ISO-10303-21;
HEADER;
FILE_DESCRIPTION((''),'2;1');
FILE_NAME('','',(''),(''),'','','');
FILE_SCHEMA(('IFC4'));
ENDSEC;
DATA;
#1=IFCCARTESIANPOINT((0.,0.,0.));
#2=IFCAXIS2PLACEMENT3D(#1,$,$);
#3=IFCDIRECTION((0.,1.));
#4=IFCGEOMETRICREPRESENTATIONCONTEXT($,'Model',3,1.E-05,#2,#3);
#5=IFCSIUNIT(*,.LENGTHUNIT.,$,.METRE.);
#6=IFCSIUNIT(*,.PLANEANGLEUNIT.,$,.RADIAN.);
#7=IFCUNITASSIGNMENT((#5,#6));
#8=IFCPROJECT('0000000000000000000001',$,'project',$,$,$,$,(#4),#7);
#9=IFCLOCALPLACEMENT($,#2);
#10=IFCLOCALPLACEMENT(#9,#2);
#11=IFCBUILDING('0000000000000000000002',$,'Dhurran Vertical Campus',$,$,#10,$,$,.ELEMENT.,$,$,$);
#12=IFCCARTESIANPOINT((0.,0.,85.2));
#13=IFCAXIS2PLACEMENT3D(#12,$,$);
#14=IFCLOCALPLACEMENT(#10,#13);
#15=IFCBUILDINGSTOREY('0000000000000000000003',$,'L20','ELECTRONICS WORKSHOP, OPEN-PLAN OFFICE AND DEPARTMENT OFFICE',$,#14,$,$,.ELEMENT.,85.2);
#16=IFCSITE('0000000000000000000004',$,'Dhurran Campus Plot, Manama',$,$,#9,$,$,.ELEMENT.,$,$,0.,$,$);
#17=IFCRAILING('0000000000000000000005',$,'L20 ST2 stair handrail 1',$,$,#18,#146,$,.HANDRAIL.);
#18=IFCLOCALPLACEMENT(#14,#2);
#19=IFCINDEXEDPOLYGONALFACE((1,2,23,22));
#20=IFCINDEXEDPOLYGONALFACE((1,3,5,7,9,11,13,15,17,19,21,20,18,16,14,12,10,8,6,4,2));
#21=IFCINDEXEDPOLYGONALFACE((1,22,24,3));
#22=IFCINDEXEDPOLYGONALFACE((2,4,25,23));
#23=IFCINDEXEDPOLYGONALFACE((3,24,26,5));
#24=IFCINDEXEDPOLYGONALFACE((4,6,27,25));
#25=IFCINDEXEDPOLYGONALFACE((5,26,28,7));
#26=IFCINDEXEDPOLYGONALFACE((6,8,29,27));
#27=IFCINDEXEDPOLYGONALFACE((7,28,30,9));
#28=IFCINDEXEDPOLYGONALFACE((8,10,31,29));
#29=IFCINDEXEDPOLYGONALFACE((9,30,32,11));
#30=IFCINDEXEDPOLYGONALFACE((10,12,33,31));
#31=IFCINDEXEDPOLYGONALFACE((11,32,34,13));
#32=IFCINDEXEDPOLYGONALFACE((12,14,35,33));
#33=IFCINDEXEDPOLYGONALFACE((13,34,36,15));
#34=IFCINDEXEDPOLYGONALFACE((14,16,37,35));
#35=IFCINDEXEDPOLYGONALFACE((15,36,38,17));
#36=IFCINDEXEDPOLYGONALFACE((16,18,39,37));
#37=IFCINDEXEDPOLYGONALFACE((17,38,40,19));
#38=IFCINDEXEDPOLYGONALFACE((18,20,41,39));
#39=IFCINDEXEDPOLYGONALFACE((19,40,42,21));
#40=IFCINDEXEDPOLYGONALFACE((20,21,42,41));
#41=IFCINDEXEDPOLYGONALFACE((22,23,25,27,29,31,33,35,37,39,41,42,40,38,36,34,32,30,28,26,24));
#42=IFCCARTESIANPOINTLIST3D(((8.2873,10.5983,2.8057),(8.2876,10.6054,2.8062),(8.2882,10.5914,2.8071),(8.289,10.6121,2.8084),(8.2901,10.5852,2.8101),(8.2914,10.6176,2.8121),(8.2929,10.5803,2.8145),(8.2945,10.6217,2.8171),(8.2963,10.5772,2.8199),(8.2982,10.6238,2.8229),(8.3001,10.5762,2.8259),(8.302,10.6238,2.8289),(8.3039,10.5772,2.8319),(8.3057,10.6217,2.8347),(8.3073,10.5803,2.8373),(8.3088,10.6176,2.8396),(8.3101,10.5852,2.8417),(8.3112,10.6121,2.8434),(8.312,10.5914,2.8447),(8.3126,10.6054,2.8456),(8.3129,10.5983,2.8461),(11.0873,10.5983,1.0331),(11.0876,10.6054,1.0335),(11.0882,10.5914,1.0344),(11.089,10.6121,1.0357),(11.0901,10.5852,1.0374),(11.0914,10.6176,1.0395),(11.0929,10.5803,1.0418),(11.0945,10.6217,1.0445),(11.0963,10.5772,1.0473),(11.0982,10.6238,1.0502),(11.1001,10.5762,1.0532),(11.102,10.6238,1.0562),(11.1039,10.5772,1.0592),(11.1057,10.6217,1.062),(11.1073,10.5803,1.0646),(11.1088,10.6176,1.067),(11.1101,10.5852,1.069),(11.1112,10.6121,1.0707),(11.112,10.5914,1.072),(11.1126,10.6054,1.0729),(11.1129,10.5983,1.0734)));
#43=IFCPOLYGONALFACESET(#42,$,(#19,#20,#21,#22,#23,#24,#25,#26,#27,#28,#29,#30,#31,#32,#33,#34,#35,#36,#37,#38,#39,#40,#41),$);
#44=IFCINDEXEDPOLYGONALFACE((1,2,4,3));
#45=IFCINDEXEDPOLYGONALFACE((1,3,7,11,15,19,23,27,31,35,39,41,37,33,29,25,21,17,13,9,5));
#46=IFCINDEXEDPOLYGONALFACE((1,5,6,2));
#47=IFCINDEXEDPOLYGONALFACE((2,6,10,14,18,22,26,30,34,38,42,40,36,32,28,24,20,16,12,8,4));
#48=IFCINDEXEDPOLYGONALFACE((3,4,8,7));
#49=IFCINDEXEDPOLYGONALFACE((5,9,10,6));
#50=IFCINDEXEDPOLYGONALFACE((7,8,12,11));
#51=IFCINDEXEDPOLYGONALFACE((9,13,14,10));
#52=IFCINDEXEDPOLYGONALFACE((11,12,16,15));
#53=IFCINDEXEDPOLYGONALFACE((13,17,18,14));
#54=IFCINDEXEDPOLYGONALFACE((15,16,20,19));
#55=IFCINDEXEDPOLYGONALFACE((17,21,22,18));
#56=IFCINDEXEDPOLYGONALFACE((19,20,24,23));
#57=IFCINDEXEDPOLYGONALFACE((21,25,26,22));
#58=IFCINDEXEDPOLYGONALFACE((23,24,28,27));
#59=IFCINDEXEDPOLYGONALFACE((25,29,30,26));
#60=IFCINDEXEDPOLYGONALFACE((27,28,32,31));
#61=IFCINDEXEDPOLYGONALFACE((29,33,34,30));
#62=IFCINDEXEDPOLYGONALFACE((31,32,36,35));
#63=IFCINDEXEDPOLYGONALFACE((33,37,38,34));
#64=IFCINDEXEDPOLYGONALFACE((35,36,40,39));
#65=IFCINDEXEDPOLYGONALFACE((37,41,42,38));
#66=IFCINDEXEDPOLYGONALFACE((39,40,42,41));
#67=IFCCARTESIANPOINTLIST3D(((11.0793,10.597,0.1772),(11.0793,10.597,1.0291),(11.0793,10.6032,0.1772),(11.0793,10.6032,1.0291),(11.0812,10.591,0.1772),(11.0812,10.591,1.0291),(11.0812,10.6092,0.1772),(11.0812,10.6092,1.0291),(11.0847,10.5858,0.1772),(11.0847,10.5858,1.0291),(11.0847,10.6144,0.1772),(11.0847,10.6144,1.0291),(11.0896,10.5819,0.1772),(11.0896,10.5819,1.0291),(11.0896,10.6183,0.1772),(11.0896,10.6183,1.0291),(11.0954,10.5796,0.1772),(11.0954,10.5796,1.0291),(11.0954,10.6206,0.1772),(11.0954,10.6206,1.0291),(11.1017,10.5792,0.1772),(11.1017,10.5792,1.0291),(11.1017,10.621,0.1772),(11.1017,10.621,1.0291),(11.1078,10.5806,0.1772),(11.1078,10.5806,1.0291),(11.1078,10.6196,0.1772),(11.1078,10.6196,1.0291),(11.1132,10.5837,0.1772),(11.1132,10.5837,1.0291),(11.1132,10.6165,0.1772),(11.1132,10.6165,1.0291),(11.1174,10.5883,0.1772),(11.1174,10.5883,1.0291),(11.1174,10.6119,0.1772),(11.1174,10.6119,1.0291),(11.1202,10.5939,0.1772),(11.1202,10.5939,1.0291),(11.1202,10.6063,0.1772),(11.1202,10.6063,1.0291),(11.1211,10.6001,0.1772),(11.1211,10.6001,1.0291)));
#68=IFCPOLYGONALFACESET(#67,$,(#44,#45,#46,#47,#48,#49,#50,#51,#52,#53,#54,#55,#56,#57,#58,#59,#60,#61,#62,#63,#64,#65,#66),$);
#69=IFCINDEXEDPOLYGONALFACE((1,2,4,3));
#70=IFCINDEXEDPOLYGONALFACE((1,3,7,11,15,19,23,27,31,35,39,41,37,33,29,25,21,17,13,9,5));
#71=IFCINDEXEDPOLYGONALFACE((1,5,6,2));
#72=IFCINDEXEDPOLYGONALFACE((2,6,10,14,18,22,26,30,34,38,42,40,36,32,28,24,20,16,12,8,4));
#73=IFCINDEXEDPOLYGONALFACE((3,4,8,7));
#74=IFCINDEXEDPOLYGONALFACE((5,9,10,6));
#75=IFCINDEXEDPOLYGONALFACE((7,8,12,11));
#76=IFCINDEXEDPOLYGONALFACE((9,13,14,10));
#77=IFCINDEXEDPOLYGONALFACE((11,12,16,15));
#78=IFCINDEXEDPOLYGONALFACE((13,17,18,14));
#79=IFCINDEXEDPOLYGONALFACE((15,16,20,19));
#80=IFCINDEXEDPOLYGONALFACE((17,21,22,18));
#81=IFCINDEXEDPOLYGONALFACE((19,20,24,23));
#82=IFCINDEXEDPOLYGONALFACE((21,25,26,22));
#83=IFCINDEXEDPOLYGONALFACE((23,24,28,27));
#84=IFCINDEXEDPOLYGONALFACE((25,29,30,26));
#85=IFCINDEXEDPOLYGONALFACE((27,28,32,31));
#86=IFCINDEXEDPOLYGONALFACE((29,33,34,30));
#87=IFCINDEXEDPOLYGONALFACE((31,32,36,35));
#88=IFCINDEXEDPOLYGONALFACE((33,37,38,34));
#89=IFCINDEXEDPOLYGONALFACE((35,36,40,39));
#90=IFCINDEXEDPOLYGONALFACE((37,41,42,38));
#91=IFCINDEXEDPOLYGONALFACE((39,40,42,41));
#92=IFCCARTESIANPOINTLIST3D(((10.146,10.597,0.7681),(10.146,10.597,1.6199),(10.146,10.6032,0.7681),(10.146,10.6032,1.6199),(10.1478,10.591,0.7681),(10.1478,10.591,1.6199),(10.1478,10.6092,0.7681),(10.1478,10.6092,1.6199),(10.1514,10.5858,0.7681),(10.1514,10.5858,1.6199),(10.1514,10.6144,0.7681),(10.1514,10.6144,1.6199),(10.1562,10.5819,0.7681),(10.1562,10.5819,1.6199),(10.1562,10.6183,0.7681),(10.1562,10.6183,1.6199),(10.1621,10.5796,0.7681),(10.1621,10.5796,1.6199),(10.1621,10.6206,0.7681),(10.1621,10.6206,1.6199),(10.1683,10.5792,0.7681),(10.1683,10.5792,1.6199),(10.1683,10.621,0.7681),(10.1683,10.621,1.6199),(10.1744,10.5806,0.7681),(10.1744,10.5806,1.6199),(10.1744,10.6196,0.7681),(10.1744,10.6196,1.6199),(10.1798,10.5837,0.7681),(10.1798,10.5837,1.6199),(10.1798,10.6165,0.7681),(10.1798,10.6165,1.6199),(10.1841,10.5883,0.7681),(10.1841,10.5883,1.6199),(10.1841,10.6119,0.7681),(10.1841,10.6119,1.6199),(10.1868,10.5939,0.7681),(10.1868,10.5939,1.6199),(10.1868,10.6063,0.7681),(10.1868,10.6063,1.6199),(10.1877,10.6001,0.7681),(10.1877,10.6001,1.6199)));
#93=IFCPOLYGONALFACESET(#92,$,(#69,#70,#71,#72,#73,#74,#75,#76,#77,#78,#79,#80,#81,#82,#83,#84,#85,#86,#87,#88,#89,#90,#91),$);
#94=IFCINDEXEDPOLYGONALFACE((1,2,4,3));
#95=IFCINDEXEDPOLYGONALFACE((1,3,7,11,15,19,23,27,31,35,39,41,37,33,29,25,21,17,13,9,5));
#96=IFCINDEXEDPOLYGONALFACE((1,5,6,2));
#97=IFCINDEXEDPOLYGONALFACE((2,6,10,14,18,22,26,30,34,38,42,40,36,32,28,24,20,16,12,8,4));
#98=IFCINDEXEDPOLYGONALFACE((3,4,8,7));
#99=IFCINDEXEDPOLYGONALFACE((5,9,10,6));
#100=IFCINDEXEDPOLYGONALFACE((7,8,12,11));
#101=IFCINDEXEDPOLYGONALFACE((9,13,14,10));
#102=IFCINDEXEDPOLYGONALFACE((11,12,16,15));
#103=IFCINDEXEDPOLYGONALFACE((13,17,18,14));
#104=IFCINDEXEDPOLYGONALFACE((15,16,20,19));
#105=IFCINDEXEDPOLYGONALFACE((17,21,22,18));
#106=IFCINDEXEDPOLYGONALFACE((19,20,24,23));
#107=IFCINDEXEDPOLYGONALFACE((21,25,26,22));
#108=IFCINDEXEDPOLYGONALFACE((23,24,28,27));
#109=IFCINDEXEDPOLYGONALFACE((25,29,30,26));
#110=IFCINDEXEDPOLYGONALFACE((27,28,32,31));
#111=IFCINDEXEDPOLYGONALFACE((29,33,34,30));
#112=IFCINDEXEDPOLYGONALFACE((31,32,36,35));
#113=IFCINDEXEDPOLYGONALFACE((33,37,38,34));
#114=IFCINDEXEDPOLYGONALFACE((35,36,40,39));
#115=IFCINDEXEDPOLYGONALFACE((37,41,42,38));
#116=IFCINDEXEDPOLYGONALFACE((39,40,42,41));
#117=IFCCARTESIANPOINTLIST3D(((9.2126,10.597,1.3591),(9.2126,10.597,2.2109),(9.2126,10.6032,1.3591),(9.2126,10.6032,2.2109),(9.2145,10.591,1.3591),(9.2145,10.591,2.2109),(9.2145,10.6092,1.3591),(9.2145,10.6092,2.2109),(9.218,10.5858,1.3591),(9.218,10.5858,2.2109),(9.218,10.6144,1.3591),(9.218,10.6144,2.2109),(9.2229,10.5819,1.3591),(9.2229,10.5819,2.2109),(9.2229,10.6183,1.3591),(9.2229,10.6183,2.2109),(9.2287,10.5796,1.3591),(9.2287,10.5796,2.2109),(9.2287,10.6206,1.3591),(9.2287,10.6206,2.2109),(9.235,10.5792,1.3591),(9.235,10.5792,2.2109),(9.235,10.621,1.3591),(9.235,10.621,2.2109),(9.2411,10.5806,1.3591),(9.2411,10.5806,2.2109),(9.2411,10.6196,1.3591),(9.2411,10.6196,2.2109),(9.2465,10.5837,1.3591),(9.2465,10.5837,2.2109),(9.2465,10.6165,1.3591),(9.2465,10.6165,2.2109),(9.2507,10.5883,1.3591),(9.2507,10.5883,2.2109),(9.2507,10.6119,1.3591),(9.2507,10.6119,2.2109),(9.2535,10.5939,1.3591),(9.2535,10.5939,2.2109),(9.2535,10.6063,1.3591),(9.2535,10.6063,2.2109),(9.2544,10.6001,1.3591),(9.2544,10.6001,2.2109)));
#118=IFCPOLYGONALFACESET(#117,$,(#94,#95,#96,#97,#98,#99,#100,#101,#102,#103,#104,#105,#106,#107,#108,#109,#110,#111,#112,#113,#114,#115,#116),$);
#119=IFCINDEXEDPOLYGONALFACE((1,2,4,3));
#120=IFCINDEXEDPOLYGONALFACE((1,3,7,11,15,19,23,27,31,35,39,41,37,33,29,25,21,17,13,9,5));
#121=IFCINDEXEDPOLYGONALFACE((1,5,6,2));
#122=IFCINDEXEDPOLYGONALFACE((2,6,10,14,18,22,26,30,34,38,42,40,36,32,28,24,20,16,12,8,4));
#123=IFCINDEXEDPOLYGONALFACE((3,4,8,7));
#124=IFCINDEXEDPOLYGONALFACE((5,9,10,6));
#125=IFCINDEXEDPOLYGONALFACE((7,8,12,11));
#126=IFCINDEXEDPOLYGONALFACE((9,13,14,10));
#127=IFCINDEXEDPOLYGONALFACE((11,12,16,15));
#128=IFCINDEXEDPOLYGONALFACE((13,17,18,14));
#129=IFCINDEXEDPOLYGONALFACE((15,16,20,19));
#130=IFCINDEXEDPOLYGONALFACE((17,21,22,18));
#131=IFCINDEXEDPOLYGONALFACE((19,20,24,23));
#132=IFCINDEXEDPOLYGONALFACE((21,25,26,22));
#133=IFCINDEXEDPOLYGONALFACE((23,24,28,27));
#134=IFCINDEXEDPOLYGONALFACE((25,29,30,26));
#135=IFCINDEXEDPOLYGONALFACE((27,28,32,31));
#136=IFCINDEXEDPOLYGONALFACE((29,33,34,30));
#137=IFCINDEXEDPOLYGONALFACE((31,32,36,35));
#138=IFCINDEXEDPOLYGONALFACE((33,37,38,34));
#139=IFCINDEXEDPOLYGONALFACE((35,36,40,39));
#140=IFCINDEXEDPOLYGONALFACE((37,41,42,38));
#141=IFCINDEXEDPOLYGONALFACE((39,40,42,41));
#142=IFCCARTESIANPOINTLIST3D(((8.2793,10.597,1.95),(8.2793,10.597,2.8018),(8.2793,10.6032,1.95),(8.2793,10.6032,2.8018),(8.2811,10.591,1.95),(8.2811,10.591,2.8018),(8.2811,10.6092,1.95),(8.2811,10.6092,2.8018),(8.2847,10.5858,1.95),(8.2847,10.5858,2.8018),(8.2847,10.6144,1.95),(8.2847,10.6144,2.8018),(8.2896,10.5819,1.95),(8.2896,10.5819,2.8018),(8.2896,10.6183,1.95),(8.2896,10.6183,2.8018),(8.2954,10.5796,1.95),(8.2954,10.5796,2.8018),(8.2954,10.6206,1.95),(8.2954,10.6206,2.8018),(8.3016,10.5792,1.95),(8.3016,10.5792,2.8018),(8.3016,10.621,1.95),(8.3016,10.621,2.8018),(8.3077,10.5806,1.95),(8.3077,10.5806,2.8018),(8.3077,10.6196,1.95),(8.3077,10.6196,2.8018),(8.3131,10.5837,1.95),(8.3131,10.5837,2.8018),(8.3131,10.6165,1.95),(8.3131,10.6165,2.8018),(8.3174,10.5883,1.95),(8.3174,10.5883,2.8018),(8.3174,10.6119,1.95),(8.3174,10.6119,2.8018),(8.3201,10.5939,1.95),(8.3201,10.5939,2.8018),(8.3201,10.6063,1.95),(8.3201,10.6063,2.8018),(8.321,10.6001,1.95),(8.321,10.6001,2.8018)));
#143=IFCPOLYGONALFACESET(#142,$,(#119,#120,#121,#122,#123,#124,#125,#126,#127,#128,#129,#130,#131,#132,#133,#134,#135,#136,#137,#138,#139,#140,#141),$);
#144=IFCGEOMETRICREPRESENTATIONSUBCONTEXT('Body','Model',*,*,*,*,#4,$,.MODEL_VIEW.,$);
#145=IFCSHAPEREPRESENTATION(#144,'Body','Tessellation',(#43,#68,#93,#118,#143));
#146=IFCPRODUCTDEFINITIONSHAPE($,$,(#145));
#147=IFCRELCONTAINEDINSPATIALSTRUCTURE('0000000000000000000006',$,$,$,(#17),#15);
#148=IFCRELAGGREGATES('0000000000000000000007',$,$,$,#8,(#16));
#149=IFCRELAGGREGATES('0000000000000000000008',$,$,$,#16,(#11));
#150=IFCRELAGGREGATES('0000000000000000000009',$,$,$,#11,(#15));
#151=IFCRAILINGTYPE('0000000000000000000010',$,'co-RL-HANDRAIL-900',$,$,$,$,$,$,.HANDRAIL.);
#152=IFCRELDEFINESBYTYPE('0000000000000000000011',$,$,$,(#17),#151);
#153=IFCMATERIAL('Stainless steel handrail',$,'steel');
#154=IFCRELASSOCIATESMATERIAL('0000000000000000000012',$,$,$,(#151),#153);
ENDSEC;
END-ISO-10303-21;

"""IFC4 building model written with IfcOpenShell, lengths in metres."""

from ifc_helpers import new_model, si_unit, direction, frame, origin, origin_2d, place, context, subcontext, project, spatial, circle, extrude, material, type_object, element, save


model = new_model("IFC4")

# Units and contexts
model_context = context("Model", 3, precision=1e-05, world=origin(), true_north=direction((0.0, 1.0)))
body_context = subcontext(model_context, "Body", "Model", "MODEL_VIEW")
ifc_project = project(units=[si_unit("LENGTHUNIT", "METRE"), si_unit("PLANEANGLEUNIT", "RADIAN")], contexts=[model_context])

# Site, building, storey
site_placement = place(None, origin())
site = spatial("IfcSite", under=ifc_project, at=site_placement, Name="Dhurran Campus Plot, Manama", CompositionType="ELEMENT", RefElevation=0.0)
building_placement = place(site_placement, origin())
building = spatial("IfcBuilding", under=site, at=building_placement, Name="Dhurran Vertical Campus", CompositionType="ELEMENT")
storey_placement = place(building_placement, frame((0.0, 0.0, 85.2)))
storey = spatial("IfcBuildingStorey", under=building, at=storey_placement, Name="L20", Description="ELECTRONICS WORKSHOP, OPEN-PLAN OFFICE AND DEPARTMENT OFFICE", CompositionType="ELEMENT", Elevation=85.2)

# Railing
ifc_material_1 = material(Name="Stainless steel handrail", Category="steel")
railing_type_1 = type_object("IfcRailingType", Name="co-RL-HANDRAIL-900", PredefinedType="HANDRAIL", material=ifc_material_1)
railing_1_placement = place(storey_placement, frame((11.1001, 10.6001, 0.1772)))
element("IfcRailing", 1, at=railing_1_placement, inside=storey, type_object=railing_type_1, Name="L20 ST2 stair handrail 1", PredefinedType="HANDRAIL", context=body_context, shape_type="SweptSolid", body=[
    extrude(circle(Radius=0.0239, at=origin_2d()), frame((0.0, 0.0, 0.876), z_axis=(-0.844909, 0.0, 0.53491), x_axis=(0.0, -1.0, 0.0)), (0.0, 0.0, 1.0), 3.314),
    extrude(circle(Radius=0.021, at=origin_2d()), origin(), (0.0, 0.0, 1.0), 0.8518),
    extrude(circle(Radius=0.021, at=origin_2d()), frame((-0.9333, 0.0, 0.5908)), (0.0, 0.0, 1.0), 0.8518),
    extrude(circle(Radius=0.021, at=origin_2d()), frame((-1.8667, 0.0, 1.1819)), (0.0, 0.0, 1.0), 0.8518),
    extrude(circle(Radius=0.021, at=origin_2d()), frame((-2.8, 0.0, 1.7727)), (0.0, 0.0, 1.0), 0.8518),
])

save(model, "model.ifc")
